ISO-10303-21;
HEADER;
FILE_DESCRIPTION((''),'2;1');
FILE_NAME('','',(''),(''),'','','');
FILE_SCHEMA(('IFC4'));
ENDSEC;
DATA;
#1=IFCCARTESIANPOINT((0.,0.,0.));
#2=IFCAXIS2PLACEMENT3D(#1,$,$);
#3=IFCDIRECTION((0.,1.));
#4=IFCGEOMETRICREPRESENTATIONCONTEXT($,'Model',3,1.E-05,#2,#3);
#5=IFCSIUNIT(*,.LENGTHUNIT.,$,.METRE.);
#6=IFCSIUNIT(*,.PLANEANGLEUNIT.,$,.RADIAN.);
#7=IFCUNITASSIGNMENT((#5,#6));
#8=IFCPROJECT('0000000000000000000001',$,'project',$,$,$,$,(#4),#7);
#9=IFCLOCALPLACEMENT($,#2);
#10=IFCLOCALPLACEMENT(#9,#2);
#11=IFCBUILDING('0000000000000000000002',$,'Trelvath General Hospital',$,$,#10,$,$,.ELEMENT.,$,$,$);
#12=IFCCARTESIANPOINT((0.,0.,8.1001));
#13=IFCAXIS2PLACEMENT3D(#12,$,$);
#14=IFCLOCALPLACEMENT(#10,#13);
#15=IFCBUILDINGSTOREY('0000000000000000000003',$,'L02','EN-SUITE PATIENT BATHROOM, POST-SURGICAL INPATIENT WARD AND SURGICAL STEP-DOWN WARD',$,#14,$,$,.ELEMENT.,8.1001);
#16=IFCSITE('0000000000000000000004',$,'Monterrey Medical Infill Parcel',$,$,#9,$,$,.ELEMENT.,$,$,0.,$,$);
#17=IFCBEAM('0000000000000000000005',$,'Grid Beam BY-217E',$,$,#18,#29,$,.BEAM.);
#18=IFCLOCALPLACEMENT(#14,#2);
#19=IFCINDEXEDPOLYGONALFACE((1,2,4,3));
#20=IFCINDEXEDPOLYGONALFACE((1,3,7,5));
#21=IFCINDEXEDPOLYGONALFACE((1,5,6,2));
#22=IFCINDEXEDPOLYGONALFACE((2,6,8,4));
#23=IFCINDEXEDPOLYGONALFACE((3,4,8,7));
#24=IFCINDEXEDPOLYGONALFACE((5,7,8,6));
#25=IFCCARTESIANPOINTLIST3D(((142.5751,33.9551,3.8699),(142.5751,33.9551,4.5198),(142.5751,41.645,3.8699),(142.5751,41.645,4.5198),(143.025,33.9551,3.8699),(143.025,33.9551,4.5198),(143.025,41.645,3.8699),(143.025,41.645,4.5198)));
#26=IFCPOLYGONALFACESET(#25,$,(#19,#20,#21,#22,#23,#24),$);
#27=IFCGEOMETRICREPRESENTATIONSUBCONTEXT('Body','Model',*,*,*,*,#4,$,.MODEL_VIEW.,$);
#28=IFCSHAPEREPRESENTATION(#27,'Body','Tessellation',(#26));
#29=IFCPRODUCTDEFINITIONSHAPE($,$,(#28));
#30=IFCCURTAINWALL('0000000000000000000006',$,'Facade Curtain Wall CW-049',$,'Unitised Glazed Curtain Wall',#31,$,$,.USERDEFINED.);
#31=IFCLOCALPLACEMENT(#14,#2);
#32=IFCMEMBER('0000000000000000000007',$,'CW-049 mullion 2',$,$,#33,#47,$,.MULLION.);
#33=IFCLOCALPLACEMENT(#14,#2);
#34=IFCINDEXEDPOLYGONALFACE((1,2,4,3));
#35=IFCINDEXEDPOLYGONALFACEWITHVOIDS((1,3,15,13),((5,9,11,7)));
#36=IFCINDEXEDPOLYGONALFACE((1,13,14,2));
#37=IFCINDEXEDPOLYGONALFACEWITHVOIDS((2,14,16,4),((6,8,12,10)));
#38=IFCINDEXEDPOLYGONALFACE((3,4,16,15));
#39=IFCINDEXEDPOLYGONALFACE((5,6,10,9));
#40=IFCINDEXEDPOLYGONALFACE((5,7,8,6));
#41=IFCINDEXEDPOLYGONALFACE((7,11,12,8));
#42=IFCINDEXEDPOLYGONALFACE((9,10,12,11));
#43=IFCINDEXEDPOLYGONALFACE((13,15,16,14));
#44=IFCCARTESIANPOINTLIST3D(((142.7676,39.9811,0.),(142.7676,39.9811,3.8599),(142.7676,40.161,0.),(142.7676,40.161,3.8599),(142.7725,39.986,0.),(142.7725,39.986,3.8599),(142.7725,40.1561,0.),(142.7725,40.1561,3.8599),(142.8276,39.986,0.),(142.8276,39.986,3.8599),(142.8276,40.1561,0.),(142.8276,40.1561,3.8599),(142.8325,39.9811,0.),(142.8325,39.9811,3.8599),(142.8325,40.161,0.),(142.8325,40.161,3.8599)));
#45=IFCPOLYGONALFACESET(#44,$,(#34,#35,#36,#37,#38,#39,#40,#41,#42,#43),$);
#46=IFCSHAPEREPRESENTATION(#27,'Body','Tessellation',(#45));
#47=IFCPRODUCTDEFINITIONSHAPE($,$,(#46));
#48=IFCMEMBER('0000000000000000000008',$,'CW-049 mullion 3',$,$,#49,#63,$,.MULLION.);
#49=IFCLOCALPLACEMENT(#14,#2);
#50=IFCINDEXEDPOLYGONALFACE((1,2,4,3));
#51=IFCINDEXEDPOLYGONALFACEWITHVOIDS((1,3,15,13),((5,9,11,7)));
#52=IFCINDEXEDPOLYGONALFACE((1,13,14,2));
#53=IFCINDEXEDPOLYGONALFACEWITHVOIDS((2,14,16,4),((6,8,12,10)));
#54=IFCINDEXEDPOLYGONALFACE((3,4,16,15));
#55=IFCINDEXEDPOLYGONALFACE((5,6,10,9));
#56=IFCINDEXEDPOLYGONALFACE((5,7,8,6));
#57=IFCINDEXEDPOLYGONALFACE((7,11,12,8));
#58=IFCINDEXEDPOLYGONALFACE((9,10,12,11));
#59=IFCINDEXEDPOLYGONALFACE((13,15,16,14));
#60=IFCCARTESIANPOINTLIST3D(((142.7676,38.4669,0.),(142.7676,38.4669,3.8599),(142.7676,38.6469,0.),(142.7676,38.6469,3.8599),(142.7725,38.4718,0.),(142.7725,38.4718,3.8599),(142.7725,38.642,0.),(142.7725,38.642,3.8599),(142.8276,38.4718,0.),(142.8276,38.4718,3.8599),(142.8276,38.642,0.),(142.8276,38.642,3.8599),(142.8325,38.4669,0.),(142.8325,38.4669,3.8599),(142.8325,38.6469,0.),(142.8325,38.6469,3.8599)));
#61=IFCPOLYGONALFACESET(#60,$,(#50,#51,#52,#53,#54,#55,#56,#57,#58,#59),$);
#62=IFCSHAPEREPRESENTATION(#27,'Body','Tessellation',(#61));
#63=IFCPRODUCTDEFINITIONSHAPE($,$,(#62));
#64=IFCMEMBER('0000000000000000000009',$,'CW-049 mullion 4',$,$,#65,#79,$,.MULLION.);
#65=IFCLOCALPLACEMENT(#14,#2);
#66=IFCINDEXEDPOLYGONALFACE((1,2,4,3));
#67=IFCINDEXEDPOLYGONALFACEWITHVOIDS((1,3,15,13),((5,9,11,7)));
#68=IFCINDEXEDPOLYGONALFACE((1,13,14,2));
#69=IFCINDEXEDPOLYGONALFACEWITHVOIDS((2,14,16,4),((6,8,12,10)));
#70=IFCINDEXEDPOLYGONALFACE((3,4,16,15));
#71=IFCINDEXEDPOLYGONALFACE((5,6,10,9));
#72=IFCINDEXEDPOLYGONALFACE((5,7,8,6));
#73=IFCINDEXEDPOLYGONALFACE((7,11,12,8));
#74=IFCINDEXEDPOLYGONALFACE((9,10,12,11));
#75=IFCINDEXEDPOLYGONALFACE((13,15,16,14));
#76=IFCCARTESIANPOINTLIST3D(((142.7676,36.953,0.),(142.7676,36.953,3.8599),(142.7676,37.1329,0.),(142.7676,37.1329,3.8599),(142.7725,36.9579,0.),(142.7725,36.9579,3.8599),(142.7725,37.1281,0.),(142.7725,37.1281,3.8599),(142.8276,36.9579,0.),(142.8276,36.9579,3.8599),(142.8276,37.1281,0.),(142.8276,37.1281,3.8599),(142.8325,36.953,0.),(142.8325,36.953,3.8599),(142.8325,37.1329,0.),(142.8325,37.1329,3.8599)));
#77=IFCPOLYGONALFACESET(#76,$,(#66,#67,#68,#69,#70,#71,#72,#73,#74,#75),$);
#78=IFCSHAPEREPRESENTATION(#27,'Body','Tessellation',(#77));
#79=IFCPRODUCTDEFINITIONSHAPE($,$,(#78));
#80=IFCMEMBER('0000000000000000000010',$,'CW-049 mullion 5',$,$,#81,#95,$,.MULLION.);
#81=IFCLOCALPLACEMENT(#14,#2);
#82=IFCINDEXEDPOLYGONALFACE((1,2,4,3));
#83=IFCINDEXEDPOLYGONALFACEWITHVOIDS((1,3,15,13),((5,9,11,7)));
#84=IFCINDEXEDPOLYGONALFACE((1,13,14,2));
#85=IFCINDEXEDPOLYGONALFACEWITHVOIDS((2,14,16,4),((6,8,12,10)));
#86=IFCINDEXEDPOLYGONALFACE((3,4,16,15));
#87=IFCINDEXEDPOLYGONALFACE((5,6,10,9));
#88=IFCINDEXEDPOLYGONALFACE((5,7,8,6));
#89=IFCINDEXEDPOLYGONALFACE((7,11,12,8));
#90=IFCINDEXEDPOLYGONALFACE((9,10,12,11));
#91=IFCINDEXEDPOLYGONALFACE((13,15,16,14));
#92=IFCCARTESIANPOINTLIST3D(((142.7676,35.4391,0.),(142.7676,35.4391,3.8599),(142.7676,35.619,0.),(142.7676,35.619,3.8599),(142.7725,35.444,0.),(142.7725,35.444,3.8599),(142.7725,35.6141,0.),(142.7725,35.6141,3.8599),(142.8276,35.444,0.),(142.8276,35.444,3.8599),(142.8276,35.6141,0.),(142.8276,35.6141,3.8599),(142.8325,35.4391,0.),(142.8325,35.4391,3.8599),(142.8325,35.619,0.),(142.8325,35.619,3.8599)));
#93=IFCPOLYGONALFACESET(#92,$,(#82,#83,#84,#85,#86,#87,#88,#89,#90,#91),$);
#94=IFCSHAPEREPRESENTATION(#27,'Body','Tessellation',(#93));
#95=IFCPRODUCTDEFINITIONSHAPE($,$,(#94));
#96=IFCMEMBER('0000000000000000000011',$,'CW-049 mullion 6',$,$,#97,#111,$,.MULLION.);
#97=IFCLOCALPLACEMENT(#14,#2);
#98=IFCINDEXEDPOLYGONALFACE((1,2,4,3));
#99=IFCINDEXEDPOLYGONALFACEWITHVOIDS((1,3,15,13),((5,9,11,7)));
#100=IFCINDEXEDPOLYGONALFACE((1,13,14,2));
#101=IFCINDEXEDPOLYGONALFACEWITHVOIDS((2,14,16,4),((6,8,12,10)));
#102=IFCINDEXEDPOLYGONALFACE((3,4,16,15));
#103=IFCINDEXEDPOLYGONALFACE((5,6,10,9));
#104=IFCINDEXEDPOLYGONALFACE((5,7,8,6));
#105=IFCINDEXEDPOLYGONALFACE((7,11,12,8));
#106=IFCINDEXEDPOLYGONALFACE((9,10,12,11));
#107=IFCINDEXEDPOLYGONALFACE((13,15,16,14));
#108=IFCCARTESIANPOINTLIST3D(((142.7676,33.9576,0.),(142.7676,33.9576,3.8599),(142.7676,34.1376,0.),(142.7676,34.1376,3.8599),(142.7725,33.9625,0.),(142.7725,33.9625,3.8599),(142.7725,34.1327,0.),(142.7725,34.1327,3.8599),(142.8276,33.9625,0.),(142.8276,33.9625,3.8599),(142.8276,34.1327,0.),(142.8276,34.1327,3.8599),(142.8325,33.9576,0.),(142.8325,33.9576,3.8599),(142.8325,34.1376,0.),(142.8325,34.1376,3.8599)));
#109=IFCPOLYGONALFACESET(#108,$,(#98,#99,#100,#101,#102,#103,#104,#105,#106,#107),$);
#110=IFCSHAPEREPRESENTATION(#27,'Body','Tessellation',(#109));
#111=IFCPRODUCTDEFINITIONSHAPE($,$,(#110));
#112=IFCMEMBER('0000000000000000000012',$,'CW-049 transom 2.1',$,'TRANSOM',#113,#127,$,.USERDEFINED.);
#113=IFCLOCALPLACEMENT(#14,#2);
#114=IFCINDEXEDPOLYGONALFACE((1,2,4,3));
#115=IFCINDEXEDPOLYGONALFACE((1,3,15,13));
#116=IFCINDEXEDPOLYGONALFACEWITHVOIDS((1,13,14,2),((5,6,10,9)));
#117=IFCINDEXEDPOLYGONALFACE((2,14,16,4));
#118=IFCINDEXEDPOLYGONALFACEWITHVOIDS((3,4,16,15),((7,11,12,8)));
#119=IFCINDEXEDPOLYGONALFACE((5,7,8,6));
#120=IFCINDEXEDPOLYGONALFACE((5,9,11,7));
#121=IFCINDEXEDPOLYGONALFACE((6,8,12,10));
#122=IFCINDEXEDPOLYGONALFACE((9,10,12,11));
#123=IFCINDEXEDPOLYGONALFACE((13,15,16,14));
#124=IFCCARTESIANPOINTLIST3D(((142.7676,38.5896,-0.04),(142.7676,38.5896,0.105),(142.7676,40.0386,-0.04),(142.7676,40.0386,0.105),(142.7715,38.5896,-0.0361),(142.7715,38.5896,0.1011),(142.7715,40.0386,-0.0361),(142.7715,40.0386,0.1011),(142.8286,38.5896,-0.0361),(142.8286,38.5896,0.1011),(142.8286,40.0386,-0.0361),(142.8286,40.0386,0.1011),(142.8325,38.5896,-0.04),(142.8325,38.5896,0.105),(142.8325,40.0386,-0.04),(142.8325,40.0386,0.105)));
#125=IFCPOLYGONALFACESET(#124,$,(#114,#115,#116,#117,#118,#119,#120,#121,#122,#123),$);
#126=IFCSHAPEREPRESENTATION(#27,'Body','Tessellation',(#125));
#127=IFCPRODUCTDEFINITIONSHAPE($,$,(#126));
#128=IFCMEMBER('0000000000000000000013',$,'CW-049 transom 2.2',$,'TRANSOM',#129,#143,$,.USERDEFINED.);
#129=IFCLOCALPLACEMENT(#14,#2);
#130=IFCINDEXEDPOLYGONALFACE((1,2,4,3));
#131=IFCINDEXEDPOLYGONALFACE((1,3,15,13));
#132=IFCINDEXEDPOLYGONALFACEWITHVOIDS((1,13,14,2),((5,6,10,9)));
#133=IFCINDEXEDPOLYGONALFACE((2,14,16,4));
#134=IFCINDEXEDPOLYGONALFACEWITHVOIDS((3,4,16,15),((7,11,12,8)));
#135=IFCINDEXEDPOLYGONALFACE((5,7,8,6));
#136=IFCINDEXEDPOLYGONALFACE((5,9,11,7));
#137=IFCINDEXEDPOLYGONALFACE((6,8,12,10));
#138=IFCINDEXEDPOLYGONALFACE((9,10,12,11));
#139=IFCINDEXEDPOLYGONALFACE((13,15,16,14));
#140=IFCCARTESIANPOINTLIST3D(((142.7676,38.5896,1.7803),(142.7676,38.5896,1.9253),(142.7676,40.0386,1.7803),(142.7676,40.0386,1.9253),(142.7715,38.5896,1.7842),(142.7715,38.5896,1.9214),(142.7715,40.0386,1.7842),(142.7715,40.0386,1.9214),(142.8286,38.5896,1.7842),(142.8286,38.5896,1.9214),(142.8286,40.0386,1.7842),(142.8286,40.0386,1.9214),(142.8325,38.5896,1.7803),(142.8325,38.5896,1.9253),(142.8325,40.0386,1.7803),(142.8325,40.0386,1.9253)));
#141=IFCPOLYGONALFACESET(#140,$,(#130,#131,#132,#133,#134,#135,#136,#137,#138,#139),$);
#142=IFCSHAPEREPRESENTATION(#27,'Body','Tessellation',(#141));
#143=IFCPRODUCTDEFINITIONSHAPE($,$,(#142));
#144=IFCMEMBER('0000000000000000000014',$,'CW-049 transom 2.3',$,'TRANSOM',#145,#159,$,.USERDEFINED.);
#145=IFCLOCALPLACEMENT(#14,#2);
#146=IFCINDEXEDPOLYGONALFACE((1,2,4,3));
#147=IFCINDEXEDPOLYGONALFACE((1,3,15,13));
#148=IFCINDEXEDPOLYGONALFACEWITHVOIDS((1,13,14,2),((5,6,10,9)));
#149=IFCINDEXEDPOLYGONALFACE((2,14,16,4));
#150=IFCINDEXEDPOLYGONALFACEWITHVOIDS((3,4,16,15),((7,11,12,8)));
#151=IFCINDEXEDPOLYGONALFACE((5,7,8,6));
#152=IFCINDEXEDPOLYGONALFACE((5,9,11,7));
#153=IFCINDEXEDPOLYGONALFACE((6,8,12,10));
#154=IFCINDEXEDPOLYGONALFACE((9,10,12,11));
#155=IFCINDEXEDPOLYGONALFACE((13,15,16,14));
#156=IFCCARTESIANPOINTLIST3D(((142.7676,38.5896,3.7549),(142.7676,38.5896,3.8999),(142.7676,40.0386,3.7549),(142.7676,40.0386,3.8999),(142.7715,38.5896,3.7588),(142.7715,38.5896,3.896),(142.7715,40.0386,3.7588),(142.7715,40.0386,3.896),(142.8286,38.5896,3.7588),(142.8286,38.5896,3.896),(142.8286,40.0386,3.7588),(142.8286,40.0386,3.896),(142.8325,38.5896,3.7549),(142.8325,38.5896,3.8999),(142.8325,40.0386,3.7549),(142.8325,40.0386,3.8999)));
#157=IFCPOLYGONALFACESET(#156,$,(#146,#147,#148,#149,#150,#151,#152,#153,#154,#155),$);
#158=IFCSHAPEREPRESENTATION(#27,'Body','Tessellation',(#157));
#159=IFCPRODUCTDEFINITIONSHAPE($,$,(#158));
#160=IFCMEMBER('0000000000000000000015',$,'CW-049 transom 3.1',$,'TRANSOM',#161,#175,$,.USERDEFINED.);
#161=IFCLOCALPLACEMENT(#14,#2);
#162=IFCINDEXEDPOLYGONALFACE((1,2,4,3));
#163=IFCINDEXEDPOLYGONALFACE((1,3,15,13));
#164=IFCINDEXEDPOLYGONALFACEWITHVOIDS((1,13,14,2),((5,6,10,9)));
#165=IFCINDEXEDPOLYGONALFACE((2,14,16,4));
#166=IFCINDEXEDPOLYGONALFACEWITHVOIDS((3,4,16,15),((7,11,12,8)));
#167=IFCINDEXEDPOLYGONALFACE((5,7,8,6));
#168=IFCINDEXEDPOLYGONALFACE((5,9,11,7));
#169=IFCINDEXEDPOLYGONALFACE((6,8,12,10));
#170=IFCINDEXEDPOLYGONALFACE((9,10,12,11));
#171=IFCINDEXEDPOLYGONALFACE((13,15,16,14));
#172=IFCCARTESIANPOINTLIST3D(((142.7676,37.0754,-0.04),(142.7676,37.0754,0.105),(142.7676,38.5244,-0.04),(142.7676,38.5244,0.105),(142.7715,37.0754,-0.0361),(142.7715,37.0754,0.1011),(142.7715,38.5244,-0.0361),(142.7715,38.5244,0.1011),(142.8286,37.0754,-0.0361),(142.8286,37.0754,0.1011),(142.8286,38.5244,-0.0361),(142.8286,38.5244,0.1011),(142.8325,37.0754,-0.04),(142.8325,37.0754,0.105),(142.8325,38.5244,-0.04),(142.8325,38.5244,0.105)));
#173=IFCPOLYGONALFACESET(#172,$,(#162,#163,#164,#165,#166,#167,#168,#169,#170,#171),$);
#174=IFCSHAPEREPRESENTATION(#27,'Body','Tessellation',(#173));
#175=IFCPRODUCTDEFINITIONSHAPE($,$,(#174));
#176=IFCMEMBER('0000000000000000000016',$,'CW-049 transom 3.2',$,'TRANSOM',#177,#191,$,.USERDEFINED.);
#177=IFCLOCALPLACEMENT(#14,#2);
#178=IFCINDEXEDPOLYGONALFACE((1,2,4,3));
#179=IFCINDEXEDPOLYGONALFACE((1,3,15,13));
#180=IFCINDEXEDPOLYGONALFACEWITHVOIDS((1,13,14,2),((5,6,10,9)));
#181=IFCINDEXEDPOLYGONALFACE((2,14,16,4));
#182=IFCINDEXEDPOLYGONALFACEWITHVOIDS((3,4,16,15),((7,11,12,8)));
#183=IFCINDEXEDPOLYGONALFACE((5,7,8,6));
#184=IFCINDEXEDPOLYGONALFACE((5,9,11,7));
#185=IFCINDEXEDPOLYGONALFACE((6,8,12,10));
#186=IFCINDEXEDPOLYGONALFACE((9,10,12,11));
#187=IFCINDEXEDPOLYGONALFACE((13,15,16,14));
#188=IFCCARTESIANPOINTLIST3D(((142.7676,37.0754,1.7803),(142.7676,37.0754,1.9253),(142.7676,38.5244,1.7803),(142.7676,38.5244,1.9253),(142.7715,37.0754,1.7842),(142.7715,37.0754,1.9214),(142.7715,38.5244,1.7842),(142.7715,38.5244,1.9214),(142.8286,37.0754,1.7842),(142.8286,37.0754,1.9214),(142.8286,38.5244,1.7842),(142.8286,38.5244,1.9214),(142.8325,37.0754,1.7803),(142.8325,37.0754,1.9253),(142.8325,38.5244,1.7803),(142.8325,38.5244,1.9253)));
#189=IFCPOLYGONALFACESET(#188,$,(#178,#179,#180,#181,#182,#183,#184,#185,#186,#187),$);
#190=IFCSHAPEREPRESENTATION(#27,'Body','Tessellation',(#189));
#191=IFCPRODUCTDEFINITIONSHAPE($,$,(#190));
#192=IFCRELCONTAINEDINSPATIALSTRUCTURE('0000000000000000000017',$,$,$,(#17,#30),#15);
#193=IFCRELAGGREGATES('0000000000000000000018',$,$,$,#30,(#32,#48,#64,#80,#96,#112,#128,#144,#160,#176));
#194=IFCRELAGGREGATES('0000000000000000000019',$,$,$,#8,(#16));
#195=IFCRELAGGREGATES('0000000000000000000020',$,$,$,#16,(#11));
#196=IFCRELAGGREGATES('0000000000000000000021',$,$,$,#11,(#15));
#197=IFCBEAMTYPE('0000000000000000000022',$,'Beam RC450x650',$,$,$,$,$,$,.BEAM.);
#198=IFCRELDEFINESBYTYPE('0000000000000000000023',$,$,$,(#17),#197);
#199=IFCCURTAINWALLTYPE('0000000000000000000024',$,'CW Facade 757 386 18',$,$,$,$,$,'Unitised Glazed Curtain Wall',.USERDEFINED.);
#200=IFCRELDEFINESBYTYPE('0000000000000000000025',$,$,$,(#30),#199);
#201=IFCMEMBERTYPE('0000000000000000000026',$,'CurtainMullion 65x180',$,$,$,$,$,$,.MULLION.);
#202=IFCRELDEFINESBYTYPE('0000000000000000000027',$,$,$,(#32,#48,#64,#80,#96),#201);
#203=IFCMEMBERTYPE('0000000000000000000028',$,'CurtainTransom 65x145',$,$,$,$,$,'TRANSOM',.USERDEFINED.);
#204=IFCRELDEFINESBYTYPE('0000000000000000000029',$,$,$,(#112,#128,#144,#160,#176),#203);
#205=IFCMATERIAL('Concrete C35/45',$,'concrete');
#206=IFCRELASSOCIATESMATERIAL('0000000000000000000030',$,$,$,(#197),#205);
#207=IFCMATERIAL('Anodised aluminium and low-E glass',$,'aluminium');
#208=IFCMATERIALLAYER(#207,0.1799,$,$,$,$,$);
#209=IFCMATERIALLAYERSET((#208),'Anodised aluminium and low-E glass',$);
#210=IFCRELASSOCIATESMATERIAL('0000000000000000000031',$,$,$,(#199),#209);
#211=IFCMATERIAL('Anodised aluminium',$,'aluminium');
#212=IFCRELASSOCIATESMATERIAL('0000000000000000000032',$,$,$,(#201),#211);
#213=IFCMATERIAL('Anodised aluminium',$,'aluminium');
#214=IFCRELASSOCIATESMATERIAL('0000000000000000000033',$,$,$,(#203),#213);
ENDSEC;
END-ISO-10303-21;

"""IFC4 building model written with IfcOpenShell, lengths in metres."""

from ifc_helpers import new_model, si_unit, direction, frame, origin, origin_2d, place, context, subcontext, project, spatial, rectangle, hollow_rectangle, extrude, material, layer, layer_set, material_profile, profile_set, type_object, element, aggregate, save


model = new_model("IFC4")

# Units and contexts
model_context = context("Model", 3, precision=1e-05, world=origin(), true_north=direction((0.0, 1.0)))
body_context = subcontext(model_context, "Body", "Model", "MODEL_VIEW")
ifc_project = project(units=[si_unit("LENGTHUNIT", "METRE"), si_unit("PLANEANGLEUNIT", "RADIAN")], contexts=[model_context])

# Site, building, storey
site_placement = place(None, origin())
site = spatial("IfcSite", under=ifc_project, at=site_placement, Name="Monterrey Medical Infill Parcel", CompositionType="ELEMENT", RefElevation=0.0)
building_placement = place(site_placement, origin())
building = spatial("IfcBuilding", under=site, at=building_placement, Name="Trelvath General Hospital", CompositionType="ELEMENT")
storey_placement = place(building_placement, frame((0.0, 0.0, 8.1001)))
storey = spatial("IfcBuildingStorey", under=building, at=storey_placement, Name="L02", Description="EN-SUITE PATIENT BATHROOM, POST-SURGICAL INPATIENT WARD AND SURGICAL STEP-DOWN WARD", CompositionType="ELEMENT", Elevation=8.1001)

# Beam
ifc_material_1 = material(Name="Concrete C35/45", Category="concrete")
ifc_material_profile_1 = material_profile(ifc_material_1, rectangle(XDim=0.45, YDim=0.6499, at=origin_2d()), Name="RCB450x650")
ifc_profile_set_1 = profile_set([ifc_material_profile_1], Name="Concrete C35/45")
beam_type = type_object("IfcBeamType", Name="Beam RC450x650", PredefinedType="BEAM", material=ifc_profile_set_1)
beam_placement = place(storey_placement, frame((142.8, 33.9551, 4.1948), z_axis=(0.0, 1.0, 0.0), x_axis=(-1.0, 0.0, 0.0)))
element("IfcBeam", 1, at=beam_placement, inside=storey, type_object=beam_type, Name="Grid Beam BY-217E", PredefinedType="BEAM", context=body_context, shape_type="SweptSolid", body=[
    extrude(rectangle(XDim=0.45, YDim=0.6499, at=origin_2d()), origin(), (0.0, 0.0, 1.0), 7.6899),
])

# Curtain wall, members
ifc_material_2 = material(Name="Anodised aluminium and low-E glass", Category="aluminium")
ifc_layer_1 = layer(ifc_material_2, 0.1799)
ifc_layer_set_1 = layer_set([ifc_layer_1], Name="Anodised aluminium and low-E glass")
curtain_wall_type = type_object("IfcCurtainWallType", Name="CW Facade 757 386 18", ElementType="Unitised Glazed Curtain Wall", PredefinedType="USERDEFINED", material=ifc_layer_set_1)
curtain_wall_placement = place(storey_placement, origin())
curtain_wall = element("IfcCurtainWall", 2, at=curtain_wall_placement, inside=storey, type_object=curtain_wall_type, Name="Facade Curtain Wall CW-049", ObjectType="Unitised Glazed Curtain Wall", PredefinedType="USERDEFINED")
ifc_material_3 = material(Name="Anodised aluminium", Category="aluminium")
ifc_material_profile_2 = material_profile(ifc_material_3, hollow_rectangle(XDim=0.0649, YDim=0.1799, WallThickness=0.0049, at=origin_2d()), Name="RHS65x180x5")
ifc_profile_set_2 = profile_set([ifc_material_profile_2], Name="Anodised aluminium")
member_type_1 = type_object("IfcMemberType", Name="CurtainMullion 65x180", PredefinedType="MULLION", material=ifc_profile_set_2)
member_1_placement = place(storey_placement, frame((142.8, 40.071, 0.0), z_axis=(0.0, 0.0, 1.0), x_axis=(1.0, 0.0, 0.0)))
member_1 = element("IfcMember", 3, at=member_1_placement, type_object=member_type_1, Name="CW-049 mullion 2", PredefinedType="MULLION", context=body_context, shape_type="SweptSolid", body=[
    extrude(hollow_rectangle(XDim=0.0649, YDim=0.1799, WallThickness=0.0049, at=origin_2d()), origin(), (0.0, 0.0, 1.0), 3.8599),
])
member_2_placement = place(storey_placement, frame((142.8, 38.5569, 0.0), z_axis=(0.0, 0.0, 1.0), x_axis=(1.0, 0.0, 0.0)))
member_2 = element("IfcMember", 4, at=member_2_placement, type_object=member_type_1, Name="CW-049 mullion 3", PredefinedType="MULLION", context=body_context, shape_type="SweptSolid", body=[
    extrude(hollow_rectangle(XDim=0.0649, YDim=0.1799, WallThickness=0.0049, at=origin_2d()), origin(), (0.0, 0.0, 1.0), 3.8599),
])
member_3_placement = place(storey_placement, frame((142.8, 37.043, 0.0), z_axis=(0.0, 0.0, 1.0), x_axis=(1.0, 0.0, 0.0)))
member_3 = element("IfcMember", 5, at=member_3_placement, type_object=member_type_1, Name="CW-049 mullion 4", PredefinedType="MULLION", context=body_context, shape_type="SweptSolid", body=[
    extrude(hollow_rectangle(XDim=0.0649, YDim=0.1799, WallThickness=0.0049, at=origin_2d()), origin(), (0.0, 0.0, 1.0), 3.8599),
])
member_4_placement = place(storey_placement, frame((142.8, 35.5291, 0.0), z_axis=(0.0, 0.0, 1.0), x_axis=(1.0, 0.0, 0.0)))
member_4 = element("IfcMember", 6, at=member_4_placement, type_object=member_type_1, Name="CW-049 mullion 5", PredefinedType="MULLION", context=body_context, shape_type="SweptSolid", body=[
    extrude(hollow_rectangle(XDim=0.0649, YDim=0.1799, WallThickness=0.0049, at=origin_2d()), origin(), (0.0, 0.0, 1.0), 3.8599),
])
member_5_placement = place(storey_placement, frame((142.8, 34.0476, 0.0), z_axis=(0.0, 0.0, 1.0), x_axis=(1.0, 0.0, 0.0)))
member_5 = element("IfcMember", 7, at=member_5_placement, type_object=member_type_1, Name="CW-049 mullion 6", PredefinedType="MULLION", context=body_context, shape_type="SweptSolid", body=[
    extrude(hollow_rectangle(XDim=0.0649, YDim=0.1799, WallThickness=0.0049, at=origin_2d()), origin(), (0.0, 0.0, 1.0), 3.8599),
])
ifc_material_4 = material(Name="Anodised aluminium", Category="aluminium")
ifc_material_profile_3 = material_profile(ifc_material_4, hollow_rectangle(XDim=0.0649, YDim=0.145, WallThickness=0.0039, at=origin_2d()), Name="RHS65x145x4")
ifc_profile_set_3 = profile_set([ifc_material_profile_3], Name="Anodised aluminium")
member_type_2 = type_object("IfcMemberType", Name="CurtainTransom 65x145", ElementType="TRANSOM", PredefinedType="USERDEFINED", material=ifc_profile_set_3)
member_6_placement = place(storey_placement, frame((142.8, 40.0386, 0.0325), z_axis=(0.0, -1.0, 0.0), x_axis=(1.0, 0.0, 0.0)))
member_6 = element("IfcMember", 8, at=member_6_placement, type_object=member_type_2, Name="CW-049 transom 2.1", ObjectType="TRANSOM", PredefinedType="USERDEFINED", context=body_context, shape_type="SweptSolid", body=[
    extrude(hollow_rectangle(XDim=0.0649, YDim=0.145, WallThickness=0.0039, at=origin_2d()), origin(), (0.0, 0.0, 1.0), 1.449),
])
member_7_placement = place(storey_placement, frame((142.8, 40.0386, 1.8528), z_axis=(0.0, -1.0, 0.0), x_axis=(1.0, 0.0, 0.0)))
member_7 = element("IfcMember", 9, at=member_7_placement, type_object=member_type_2, Name="CW-049 transom 2.2", ObjectType="TRANSOM", PredefinedType="USERDEFINED", context=body_context, shape_type="SweptSolid", body=[
    extrude(hollow_rectangle(XDim=0.0649, YDim=0.145, WallThickness=0.0039, at=origin_2d()), origin(), (0.0, 0.0, 1.0), 1.449),
])
member_8_placement = place(storey_placement, frame((142.8, 40.0386, 3.8274), z_axis=(0.0, -1.0, 0.0), x_axis=(1.0, 0.0, 0.0)))
member_8 = element("IfcMember", 10, at=member_8_placement, type_object=member_type_2, Name="CW-049 transom 2.3", ObjectType="TRANSOM", PredefinedType="USERDEFINED", context=body_context, shape_type="SweptSolid", body=[
    extrude(hollow_rectangle(XDim=0.0649, YDim=0.145, WallThickness=0.0039, at=origin_2d()), origin(), (0.0, 0.0, 1.0), 1.449),
])
member_9_placement = place(storey_placement, frame((142.8, 38.5244, 0.0325), z_axis=(0.0, -1.0, 0.0), x_axis=(1.0, 0.0, 0.0)))
member_9 = element("IfcMember", 11, at=member_9_placement, type_object=member_type_2, Name="CW-049 transom 3.1", ObjectType="TRANSOM", PredefinedType="USERDEFINED", context=body_context, shape_type="SweptSolid", body=[
    extrude(hollow_rectangle(XDim=0.0649, YDim=0.145, WallThickness=0.0039, at=origin_2d()), origin(), (0.0, 0.0, 1.0), 1.449),
])
member_10_placement = place(storey_placement, frame((142.8, 38.5244, 1.8528), z_axis=(0.0, -1.0, 0.0), x_axis=(1.0, 0.0, 0.0)))
member_10 = element("IfcMember", 12, at=member_10_placement, type_object=member_type_2, Name="CW-049 transom 3.2", ObjectType="TRANSOM", PredefinedType="USERDEFINED", context=body_context, shape_type="SweptSolid", body=[
    extrude(hollow_rectangle(XDim=0.0649, YDim=0.145, WallThickness=0.0039, at=origin_2d()), origin(), (0.0, 0.0, 1.0), 1.449),
])
aggregate(curtain_wall, [member_1, member_2, member_3, member_4, member_5, member_6, member_7, member_8, member_9, member_10])

save(model, "model.ifc")
